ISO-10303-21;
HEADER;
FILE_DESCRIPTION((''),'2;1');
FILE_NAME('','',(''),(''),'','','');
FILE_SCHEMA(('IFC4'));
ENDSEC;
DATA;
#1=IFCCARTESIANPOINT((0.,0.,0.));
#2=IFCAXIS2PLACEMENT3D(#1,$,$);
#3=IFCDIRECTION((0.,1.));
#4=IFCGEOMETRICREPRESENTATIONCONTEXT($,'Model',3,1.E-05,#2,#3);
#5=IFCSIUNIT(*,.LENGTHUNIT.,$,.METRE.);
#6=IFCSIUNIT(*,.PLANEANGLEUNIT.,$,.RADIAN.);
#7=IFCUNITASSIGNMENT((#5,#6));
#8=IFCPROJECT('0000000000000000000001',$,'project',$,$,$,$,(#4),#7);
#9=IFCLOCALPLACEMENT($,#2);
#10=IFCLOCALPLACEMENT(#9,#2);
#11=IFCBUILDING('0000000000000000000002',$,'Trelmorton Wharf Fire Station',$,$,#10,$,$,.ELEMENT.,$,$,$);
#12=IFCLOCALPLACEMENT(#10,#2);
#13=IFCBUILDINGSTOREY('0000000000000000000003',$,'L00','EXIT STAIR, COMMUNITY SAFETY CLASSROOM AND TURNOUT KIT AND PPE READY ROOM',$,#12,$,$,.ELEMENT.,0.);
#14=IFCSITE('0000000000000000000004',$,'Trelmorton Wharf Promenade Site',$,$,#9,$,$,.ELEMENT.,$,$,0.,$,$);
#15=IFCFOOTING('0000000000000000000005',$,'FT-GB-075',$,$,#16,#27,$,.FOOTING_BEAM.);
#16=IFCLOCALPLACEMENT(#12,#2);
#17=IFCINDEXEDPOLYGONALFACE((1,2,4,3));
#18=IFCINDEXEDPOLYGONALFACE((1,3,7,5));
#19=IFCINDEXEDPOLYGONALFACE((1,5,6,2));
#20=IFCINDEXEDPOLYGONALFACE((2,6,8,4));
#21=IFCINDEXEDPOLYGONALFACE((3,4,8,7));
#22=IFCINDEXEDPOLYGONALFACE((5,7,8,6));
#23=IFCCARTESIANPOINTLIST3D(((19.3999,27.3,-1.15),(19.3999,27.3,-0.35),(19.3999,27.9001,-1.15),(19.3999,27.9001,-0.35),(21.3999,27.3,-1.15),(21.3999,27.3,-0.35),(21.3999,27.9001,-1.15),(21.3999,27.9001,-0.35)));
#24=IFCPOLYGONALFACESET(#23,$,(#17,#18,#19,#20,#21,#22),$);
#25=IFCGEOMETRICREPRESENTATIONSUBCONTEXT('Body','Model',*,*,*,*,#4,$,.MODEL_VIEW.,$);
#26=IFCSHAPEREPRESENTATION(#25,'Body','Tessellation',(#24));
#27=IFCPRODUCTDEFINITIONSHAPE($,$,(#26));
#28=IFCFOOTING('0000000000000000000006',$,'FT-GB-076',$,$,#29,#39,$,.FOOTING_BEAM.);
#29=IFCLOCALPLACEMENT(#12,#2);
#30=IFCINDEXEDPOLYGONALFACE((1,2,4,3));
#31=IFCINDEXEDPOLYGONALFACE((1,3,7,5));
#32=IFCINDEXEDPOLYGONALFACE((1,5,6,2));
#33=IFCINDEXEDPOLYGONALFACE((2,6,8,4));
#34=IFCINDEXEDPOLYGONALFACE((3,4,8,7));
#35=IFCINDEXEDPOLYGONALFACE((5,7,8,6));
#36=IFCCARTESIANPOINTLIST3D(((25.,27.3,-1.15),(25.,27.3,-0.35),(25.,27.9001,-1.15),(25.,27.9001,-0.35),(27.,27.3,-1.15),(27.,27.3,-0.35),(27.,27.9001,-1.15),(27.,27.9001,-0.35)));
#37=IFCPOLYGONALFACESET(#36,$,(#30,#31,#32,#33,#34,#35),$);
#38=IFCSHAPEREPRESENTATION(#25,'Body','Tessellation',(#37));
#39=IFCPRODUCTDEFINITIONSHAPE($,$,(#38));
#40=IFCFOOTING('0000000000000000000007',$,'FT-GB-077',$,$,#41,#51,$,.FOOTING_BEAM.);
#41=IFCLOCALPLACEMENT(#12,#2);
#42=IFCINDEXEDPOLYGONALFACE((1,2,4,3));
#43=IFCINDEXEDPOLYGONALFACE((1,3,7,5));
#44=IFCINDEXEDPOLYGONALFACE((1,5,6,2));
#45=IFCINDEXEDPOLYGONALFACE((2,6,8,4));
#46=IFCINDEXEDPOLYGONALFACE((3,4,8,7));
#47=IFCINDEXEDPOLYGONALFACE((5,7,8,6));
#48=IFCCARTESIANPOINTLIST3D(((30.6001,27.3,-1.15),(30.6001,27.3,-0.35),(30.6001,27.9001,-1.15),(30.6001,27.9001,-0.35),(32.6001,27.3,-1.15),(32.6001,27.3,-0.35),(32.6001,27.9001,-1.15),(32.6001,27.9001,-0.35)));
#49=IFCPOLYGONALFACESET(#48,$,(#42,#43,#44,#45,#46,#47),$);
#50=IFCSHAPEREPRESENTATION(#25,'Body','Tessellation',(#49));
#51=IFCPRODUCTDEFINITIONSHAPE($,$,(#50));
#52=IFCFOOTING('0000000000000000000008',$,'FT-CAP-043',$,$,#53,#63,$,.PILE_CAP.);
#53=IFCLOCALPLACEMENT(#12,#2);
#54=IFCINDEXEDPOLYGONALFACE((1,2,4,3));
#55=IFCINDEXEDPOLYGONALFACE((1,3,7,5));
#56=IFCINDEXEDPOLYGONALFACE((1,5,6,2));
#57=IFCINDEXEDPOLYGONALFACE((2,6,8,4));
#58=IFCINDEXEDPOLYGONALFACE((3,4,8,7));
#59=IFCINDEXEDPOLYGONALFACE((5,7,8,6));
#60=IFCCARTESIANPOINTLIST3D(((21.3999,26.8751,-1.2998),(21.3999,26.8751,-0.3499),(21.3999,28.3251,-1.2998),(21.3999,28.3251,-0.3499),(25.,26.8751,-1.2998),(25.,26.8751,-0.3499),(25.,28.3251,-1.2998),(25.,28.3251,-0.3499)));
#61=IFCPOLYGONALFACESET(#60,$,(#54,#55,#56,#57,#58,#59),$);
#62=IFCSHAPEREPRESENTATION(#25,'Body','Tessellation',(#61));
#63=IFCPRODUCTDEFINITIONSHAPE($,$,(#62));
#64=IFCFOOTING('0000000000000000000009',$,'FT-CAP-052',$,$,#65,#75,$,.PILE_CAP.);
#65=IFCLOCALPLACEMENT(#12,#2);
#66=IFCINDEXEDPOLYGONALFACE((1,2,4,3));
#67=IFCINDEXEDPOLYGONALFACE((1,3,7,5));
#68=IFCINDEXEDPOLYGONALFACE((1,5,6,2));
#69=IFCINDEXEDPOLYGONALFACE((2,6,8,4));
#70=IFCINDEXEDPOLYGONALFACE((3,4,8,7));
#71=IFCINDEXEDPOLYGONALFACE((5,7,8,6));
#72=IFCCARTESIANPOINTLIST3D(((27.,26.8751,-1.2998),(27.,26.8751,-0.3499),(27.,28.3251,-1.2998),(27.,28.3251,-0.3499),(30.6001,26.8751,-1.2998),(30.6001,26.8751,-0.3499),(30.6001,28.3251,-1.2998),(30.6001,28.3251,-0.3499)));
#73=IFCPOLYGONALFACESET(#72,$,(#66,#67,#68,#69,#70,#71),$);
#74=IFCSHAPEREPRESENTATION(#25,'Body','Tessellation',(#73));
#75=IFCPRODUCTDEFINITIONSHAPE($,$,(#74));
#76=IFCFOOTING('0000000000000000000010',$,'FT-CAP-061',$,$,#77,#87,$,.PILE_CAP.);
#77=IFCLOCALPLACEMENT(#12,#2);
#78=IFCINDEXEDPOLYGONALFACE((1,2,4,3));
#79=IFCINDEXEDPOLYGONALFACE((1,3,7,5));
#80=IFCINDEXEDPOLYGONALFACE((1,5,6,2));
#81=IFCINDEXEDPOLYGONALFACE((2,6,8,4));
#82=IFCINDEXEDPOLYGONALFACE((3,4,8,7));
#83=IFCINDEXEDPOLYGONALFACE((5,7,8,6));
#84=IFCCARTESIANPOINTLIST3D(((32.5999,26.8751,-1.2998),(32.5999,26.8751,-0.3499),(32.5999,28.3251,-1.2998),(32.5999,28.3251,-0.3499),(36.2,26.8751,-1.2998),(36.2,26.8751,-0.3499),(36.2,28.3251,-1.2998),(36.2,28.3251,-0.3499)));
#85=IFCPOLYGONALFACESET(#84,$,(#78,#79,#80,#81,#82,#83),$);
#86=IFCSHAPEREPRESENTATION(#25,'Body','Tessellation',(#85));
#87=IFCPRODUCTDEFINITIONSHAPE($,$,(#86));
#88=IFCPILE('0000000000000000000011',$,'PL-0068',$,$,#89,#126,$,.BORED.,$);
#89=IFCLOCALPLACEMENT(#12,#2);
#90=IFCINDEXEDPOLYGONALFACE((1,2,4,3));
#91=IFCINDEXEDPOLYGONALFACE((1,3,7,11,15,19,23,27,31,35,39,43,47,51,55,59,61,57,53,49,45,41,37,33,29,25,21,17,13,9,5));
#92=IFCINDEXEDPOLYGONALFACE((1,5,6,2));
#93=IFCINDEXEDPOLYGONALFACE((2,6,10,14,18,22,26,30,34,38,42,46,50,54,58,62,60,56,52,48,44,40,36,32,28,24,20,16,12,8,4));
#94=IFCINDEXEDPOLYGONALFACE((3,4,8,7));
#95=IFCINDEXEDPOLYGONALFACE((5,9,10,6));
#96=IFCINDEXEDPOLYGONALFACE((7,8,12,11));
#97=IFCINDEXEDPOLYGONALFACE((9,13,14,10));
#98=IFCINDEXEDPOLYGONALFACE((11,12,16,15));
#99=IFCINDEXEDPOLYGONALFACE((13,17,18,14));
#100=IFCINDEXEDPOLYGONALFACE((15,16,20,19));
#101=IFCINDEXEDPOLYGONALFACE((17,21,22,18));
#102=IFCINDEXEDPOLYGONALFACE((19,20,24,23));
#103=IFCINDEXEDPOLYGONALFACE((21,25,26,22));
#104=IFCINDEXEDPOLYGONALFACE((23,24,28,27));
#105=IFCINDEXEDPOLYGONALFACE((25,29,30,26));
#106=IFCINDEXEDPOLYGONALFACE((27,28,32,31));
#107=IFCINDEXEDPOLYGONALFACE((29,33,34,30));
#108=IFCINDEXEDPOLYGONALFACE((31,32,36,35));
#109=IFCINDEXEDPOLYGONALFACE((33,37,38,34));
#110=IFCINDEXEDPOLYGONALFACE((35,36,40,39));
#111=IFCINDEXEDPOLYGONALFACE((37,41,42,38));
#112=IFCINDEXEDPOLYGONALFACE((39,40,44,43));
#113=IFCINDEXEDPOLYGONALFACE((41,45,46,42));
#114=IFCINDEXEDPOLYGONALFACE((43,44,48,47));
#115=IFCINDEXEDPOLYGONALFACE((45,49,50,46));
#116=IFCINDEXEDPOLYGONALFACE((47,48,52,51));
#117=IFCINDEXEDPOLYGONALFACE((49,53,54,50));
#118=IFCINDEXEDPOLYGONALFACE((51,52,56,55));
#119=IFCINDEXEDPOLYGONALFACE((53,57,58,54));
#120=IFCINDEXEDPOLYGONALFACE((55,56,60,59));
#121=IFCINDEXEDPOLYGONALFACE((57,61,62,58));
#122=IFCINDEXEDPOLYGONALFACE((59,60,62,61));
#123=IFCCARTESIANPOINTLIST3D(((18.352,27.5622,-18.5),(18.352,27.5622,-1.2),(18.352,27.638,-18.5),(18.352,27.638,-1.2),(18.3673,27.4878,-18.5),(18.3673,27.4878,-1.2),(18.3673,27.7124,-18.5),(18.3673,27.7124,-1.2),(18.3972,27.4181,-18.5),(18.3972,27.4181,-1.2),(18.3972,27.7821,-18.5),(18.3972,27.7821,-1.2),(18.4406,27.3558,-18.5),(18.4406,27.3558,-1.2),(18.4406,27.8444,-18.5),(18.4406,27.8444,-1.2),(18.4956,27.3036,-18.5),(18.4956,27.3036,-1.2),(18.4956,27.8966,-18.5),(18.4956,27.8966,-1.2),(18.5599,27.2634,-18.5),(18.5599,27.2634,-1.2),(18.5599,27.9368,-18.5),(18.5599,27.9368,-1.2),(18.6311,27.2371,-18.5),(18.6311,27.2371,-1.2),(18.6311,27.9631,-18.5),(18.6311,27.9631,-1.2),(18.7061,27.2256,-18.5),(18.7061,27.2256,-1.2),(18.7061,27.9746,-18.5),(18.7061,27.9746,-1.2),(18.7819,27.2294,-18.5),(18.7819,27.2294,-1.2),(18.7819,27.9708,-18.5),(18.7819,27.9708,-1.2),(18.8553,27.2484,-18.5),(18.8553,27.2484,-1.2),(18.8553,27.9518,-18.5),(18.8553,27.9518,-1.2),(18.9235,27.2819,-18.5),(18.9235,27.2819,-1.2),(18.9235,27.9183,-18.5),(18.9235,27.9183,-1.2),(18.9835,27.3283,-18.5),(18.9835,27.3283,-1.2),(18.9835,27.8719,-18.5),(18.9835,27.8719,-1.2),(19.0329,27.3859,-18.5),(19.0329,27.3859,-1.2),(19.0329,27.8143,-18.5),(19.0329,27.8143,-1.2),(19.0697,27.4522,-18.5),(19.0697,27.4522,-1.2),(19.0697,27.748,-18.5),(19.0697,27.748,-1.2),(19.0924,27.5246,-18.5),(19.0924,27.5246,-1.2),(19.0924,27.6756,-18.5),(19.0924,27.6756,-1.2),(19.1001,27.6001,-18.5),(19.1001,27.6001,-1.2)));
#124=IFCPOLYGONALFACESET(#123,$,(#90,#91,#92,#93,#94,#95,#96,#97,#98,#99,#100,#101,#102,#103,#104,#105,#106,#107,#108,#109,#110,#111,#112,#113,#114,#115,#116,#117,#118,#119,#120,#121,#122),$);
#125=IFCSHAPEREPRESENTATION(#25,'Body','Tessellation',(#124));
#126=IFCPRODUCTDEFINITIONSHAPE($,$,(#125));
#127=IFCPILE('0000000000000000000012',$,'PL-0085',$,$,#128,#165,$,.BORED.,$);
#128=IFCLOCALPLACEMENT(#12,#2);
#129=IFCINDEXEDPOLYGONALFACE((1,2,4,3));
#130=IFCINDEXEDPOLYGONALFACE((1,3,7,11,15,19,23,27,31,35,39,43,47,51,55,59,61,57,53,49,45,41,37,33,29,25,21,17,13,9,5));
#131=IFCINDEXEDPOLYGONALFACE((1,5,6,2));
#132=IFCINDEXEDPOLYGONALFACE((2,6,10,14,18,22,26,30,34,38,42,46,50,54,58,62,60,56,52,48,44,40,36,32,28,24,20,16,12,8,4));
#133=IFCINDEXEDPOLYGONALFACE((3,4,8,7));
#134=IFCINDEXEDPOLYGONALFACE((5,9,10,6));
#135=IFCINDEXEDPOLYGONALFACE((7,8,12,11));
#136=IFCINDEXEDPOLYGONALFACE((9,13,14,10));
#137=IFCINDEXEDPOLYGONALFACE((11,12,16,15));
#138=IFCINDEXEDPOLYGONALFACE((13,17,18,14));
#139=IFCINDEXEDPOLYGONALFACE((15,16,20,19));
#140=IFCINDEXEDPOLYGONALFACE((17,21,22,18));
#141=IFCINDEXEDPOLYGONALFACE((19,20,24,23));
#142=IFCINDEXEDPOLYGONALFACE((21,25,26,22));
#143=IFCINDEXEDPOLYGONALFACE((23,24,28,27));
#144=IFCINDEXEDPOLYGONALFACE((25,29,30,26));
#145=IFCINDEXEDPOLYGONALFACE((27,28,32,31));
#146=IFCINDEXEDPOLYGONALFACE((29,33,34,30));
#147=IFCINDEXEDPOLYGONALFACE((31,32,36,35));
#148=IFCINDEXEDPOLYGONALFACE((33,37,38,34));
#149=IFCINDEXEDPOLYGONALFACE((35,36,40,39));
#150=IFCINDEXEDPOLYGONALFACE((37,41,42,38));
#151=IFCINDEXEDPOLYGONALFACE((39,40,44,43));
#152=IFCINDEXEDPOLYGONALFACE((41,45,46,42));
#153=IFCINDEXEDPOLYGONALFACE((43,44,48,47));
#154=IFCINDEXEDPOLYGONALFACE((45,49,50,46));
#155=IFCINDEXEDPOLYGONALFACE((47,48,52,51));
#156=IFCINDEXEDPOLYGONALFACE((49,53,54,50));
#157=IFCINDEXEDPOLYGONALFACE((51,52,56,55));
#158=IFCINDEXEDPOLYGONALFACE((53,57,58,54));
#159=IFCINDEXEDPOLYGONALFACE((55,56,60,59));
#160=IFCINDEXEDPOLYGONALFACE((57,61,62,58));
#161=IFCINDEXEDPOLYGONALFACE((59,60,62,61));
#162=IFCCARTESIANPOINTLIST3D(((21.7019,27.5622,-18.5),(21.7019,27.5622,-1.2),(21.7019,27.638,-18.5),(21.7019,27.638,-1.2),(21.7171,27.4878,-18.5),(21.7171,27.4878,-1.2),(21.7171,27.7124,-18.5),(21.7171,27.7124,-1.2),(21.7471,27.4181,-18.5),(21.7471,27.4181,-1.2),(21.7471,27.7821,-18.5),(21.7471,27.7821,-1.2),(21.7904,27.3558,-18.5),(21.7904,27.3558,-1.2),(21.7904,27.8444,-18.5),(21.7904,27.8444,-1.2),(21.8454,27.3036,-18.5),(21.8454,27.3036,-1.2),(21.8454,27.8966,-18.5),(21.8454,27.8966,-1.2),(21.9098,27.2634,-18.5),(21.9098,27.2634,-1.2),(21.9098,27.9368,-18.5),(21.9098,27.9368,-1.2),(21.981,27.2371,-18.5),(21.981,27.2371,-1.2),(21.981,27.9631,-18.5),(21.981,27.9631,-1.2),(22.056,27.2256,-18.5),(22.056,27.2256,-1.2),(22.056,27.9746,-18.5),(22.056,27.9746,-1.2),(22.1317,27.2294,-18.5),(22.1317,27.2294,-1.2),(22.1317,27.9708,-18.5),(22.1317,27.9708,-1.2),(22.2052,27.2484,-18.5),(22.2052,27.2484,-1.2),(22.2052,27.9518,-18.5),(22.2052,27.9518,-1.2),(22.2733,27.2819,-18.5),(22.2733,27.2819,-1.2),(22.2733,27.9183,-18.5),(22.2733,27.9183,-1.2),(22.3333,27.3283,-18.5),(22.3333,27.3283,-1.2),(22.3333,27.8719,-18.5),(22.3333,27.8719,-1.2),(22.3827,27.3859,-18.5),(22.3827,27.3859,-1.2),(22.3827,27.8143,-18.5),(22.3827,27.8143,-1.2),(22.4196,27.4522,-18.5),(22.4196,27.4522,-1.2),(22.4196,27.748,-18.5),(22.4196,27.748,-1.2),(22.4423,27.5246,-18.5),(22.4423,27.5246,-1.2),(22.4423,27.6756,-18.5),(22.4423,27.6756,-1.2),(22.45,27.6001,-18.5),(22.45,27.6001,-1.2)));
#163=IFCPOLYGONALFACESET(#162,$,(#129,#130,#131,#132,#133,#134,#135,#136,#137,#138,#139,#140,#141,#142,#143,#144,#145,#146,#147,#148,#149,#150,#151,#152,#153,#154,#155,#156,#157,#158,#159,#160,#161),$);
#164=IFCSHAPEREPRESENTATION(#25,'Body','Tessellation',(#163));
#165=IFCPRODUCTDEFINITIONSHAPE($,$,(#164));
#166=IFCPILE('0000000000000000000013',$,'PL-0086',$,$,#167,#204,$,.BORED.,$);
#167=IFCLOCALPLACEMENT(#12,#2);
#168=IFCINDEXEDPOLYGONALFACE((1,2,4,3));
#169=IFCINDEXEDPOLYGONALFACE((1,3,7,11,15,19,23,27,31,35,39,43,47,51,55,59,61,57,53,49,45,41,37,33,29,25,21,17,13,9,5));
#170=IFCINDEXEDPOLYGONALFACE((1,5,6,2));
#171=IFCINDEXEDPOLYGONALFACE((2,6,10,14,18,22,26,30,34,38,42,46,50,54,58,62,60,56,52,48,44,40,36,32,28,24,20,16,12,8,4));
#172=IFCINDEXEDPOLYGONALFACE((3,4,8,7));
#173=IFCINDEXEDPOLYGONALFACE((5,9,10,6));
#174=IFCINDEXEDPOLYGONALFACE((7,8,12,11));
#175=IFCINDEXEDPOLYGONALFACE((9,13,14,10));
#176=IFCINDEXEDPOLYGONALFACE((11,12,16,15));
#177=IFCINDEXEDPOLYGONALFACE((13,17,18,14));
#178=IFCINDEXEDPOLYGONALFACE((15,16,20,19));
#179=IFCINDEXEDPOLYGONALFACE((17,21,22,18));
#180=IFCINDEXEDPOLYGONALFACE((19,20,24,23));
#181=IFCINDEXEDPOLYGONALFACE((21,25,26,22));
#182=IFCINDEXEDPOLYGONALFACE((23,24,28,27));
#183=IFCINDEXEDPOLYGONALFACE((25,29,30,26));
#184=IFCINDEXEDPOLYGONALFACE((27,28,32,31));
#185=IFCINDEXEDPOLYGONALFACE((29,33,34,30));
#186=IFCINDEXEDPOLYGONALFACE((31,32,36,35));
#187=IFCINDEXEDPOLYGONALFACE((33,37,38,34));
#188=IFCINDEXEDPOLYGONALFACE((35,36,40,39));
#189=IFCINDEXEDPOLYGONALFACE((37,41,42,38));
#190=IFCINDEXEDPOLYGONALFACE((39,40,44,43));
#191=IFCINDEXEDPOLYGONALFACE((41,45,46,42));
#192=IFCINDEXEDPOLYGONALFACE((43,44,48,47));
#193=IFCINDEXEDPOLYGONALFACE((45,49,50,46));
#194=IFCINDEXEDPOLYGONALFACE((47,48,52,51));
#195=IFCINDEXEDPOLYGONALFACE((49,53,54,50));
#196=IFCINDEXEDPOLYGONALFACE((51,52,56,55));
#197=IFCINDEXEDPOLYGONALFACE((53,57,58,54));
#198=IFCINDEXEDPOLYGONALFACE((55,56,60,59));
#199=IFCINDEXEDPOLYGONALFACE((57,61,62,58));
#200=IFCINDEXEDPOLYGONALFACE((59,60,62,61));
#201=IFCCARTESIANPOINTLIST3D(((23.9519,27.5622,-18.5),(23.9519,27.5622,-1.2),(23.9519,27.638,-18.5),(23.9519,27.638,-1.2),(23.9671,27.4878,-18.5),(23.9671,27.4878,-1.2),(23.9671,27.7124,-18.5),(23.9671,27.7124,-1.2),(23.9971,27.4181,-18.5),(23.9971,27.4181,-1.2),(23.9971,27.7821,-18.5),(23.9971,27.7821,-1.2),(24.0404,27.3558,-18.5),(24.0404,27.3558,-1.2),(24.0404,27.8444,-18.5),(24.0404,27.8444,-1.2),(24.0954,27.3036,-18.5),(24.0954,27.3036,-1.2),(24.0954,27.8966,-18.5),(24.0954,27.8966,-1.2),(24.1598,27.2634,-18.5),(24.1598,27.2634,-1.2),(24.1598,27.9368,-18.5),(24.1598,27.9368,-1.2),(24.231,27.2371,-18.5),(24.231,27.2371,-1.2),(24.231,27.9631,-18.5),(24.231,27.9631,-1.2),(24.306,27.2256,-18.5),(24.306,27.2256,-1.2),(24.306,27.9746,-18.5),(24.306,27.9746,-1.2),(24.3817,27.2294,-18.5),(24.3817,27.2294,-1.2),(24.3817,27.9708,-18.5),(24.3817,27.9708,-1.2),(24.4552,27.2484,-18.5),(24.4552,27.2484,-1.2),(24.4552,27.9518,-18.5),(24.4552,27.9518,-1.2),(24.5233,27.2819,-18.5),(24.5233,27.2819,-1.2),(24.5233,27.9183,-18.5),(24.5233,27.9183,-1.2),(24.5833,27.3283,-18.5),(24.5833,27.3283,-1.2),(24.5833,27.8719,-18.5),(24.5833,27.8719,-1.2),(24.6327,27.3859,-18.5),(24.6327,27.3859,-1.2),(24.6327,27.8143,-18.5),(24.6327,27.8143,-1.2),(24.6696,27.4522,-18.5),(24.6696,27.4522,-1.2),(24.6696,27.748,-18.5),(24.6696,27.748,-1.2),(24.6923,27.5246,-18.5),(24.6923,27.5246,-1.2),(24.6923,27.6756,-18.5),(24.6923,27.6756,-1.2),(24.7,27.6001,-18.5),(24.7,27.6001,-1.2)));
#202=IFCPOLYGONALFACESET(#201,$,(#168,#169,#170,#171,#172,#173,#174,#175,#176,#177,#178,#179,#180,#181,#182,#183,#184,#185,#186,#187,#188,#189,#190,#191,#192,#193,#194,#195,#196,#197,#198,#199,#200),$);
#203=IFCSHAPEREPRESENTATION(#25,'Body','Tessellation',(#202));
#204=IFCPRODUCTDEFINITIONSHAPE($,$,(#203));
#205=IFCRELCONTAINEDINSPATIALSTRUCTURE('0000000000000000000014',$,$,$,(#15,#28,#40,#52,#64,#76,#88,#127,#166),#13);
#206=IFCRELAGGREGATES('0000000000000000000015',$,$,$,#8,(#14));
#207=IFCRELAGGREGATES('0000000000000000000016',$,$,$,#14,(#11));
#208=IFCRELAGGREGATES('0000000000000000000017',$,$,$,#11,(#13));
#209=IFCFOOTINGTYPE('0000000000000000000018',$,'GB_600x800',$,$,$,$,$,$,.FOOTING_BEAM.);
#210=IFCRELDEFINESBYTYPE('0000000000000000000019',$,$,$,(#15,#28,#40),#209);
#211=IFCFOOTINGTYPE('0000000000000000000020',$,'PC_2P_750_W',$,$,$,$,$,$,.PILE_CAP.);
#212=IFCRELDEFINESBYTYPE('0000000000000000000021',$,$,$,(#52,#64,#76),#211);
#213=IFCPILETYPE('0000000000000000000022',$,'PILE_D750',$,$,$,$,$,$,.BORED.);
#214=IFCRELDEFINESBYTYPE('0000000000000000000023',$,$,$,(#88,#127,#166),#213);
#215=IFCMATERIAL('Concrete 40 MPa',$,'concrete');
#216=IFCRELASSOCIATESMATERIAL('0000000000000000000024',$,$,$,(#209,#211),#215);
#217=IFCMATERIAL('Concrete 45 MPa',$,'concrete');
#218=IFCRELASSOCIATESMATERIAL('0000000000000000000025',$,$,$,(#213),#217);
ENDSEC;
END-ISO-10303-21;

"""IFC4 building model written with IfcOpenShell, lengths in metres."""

from ifc_helpers import new_model, si_unit, direction, frame, origin, origin_2d, place, context, subcontext, project, spatial, rectangle, circle, extrude, material, material_profile, profile_set, type_object, element, save


model = new_model("IFC4")

# Units and contexts
model_context = context("Model", 3, precision=1e-05, world=origin(), true_north=direction((0.0, 1.0)))
body_context = subcontext(model_context, "Body", "Model", "MODEL_VIEW")
ifc_project = project(units=[si_unit("LENGTHUNIT", "METRE"), si_unit("PLANEANGLEUNIT", "RADIAN")], contexts=[model_context])

# Site, building, storey
site_placement = place(None, origin())
site = spatial("IfcSite", under=ifc_project, at=site_placement, Name="Trelmorton Wharf Promenade Site", CompositionType="ELEMENT", RefElevation=0.0)
building_placement = place(site_placement, origin())
building = spatial("IfcBuilding", under=site, at=building_placement, Name="Trelmorton Wharf Fire Station", CompositionType="ELEMENT")
storey_placement = place(building_placement, origin())
storey = spatial("IfcBuildingStorey", under=building, at=storey_placement, Name="L00", Description="EXIT STAIR, COMMUNITY SAFETY CLASSROOM AND TURNOUT KIT AND PPE READY ROOM", CompositionType="ELEMENT", Elevation=0.0)

# Footings
ifc_material_1 = material(Name="Concrete 40 MPa", Category="concrete")
ifc_material_profile_1 = material_profile(ifc_material_1, rectangle(XDim=0.6001, YDim=0.8, at=origin_2d()), Name="RC600x800")
ifc_profile_set_1 = profile_set([ifc_material_profile_1], Name="Concrete 40 MPa")
footing_type_1 = type_object("IfcFootingType", Name="GB_600x800", PredefinedType="FOOTING_BEAM", material=ifc_profile_set_1)
for number, where, z_axis, x_axis, name in (
    (1, (19.3999, 27.6001, -0.75), (1.0, 0.0, 0.0), (0.0, 1.0, 0.0), "FT-GB-075"),
    (2, (25.0, 27.6001, -0.75), (1.0, 0.0, 0.0), (0.0, 1.0, 0.0), "FT-GB-076"),
    (3, (30.6001, 27.6001, -0.75), (1.0, 0.0, 0.0), (0.0, 1.0, 0.0), "FT-GB-077"),
):
    element("IfcFooting", number, at=place(storey_placement, frame(where, z_axis=z_axis, x_axis=x_axis)), inside=storey, type_object=footing_type_1, Name=name, PredefinedType="FOOTING_BEAM", context=body_context, shape_type="SweptSolid", body=[
        extrude(rectangle(XDim=0.6001, YDim=0.8, at=origin_2d()), origin(), (0.0, 0.0, 1.0), 2.0),
    ])
footing_type_2 = type_object("IfcFootingType", Name="PC_2P_750_W", PredefinedType="PILE_CAP", material=ifc_material_1)
for number, where, z_axis, x_axis, name in (
    (4, (23.2, 27.6001, -1.2998), (0.0, 0.0, 1.0), (1.0, 0.0, 0.0), "FT-CAP-043"),
    (5, (28.8, 27.6001, -1.2998), (0.0, 0.0, 1.0), (1.0, 0.0, 0.0), "FT-CAP-052"),
    (6, (34.3999, 27.6001, -1.2998), (0.0, 0.0, 1.0), (1.0, 0.0, 0.0), "FT-CAP-061"),
):
    element("IfcFooting", number, at=place(storey_placement, frame(where, z_axis=z_axis, x_axis=x_axis)), inside=storey, type_object=footing_type_2, Name=name, PredefinedType="PILE_CAP", context=body_context, shape_type="SweptSolid", body=[
        extrude(rectangle(XDim=3.6001, YDim=1.45, at=origin_2d()), origin(), (0.0, 0.0, 1.0), 0.95),
    ])

# Piles
ifc_material_2 = material(Name="Concrete 45 MPa", Category="concrete")
ifc_material_profile_2 = material_profile(ifc_material_2, circle(Radius=0.375, at=origin_2d()), Name="PILE-D750")
ifc_profile_set_2 = profile_set([ifc_material_profile_2], Name="Concrete 45 MPa")
pile_type = type_object("IfcPileType", Name="PILE_D750", PredefinedType="BORED", material=ifc_profile_set_2)
for number, where, z_axis, x_axis, name in (
    (7, (18.7251, 27.6001, -1.2), (0.0, 0.0, -1.0), (1.0, 0.0, 0.0), "PL-0068"),
    (8, (22.075, 27.6001, -1.2), (0.0, 0.0, -1.0), (1.0, 0.0, 0.0), "PL-0085"),
    (9, (24.325, 27.6001, -1.2), (0.0, 0.0, -1.0), (1.0, 0.0, 0.0), "PL-0086"),
):
    element("IfcPile", number, at=place(storey_placement, frame(where, z_axis=z_axis, x_axis=x_axis)), inside=storey, type_object=pile_type, Name=name, PredefinedType="BORED", context=body_context, shape_type="SweptSolid", body=[
        extrude(circle(Radius=0.375, at=origin_2d()), origin(), (0.0, 0.0, 1.0), 17.3),
    ])

save(model, "model.ifc")
